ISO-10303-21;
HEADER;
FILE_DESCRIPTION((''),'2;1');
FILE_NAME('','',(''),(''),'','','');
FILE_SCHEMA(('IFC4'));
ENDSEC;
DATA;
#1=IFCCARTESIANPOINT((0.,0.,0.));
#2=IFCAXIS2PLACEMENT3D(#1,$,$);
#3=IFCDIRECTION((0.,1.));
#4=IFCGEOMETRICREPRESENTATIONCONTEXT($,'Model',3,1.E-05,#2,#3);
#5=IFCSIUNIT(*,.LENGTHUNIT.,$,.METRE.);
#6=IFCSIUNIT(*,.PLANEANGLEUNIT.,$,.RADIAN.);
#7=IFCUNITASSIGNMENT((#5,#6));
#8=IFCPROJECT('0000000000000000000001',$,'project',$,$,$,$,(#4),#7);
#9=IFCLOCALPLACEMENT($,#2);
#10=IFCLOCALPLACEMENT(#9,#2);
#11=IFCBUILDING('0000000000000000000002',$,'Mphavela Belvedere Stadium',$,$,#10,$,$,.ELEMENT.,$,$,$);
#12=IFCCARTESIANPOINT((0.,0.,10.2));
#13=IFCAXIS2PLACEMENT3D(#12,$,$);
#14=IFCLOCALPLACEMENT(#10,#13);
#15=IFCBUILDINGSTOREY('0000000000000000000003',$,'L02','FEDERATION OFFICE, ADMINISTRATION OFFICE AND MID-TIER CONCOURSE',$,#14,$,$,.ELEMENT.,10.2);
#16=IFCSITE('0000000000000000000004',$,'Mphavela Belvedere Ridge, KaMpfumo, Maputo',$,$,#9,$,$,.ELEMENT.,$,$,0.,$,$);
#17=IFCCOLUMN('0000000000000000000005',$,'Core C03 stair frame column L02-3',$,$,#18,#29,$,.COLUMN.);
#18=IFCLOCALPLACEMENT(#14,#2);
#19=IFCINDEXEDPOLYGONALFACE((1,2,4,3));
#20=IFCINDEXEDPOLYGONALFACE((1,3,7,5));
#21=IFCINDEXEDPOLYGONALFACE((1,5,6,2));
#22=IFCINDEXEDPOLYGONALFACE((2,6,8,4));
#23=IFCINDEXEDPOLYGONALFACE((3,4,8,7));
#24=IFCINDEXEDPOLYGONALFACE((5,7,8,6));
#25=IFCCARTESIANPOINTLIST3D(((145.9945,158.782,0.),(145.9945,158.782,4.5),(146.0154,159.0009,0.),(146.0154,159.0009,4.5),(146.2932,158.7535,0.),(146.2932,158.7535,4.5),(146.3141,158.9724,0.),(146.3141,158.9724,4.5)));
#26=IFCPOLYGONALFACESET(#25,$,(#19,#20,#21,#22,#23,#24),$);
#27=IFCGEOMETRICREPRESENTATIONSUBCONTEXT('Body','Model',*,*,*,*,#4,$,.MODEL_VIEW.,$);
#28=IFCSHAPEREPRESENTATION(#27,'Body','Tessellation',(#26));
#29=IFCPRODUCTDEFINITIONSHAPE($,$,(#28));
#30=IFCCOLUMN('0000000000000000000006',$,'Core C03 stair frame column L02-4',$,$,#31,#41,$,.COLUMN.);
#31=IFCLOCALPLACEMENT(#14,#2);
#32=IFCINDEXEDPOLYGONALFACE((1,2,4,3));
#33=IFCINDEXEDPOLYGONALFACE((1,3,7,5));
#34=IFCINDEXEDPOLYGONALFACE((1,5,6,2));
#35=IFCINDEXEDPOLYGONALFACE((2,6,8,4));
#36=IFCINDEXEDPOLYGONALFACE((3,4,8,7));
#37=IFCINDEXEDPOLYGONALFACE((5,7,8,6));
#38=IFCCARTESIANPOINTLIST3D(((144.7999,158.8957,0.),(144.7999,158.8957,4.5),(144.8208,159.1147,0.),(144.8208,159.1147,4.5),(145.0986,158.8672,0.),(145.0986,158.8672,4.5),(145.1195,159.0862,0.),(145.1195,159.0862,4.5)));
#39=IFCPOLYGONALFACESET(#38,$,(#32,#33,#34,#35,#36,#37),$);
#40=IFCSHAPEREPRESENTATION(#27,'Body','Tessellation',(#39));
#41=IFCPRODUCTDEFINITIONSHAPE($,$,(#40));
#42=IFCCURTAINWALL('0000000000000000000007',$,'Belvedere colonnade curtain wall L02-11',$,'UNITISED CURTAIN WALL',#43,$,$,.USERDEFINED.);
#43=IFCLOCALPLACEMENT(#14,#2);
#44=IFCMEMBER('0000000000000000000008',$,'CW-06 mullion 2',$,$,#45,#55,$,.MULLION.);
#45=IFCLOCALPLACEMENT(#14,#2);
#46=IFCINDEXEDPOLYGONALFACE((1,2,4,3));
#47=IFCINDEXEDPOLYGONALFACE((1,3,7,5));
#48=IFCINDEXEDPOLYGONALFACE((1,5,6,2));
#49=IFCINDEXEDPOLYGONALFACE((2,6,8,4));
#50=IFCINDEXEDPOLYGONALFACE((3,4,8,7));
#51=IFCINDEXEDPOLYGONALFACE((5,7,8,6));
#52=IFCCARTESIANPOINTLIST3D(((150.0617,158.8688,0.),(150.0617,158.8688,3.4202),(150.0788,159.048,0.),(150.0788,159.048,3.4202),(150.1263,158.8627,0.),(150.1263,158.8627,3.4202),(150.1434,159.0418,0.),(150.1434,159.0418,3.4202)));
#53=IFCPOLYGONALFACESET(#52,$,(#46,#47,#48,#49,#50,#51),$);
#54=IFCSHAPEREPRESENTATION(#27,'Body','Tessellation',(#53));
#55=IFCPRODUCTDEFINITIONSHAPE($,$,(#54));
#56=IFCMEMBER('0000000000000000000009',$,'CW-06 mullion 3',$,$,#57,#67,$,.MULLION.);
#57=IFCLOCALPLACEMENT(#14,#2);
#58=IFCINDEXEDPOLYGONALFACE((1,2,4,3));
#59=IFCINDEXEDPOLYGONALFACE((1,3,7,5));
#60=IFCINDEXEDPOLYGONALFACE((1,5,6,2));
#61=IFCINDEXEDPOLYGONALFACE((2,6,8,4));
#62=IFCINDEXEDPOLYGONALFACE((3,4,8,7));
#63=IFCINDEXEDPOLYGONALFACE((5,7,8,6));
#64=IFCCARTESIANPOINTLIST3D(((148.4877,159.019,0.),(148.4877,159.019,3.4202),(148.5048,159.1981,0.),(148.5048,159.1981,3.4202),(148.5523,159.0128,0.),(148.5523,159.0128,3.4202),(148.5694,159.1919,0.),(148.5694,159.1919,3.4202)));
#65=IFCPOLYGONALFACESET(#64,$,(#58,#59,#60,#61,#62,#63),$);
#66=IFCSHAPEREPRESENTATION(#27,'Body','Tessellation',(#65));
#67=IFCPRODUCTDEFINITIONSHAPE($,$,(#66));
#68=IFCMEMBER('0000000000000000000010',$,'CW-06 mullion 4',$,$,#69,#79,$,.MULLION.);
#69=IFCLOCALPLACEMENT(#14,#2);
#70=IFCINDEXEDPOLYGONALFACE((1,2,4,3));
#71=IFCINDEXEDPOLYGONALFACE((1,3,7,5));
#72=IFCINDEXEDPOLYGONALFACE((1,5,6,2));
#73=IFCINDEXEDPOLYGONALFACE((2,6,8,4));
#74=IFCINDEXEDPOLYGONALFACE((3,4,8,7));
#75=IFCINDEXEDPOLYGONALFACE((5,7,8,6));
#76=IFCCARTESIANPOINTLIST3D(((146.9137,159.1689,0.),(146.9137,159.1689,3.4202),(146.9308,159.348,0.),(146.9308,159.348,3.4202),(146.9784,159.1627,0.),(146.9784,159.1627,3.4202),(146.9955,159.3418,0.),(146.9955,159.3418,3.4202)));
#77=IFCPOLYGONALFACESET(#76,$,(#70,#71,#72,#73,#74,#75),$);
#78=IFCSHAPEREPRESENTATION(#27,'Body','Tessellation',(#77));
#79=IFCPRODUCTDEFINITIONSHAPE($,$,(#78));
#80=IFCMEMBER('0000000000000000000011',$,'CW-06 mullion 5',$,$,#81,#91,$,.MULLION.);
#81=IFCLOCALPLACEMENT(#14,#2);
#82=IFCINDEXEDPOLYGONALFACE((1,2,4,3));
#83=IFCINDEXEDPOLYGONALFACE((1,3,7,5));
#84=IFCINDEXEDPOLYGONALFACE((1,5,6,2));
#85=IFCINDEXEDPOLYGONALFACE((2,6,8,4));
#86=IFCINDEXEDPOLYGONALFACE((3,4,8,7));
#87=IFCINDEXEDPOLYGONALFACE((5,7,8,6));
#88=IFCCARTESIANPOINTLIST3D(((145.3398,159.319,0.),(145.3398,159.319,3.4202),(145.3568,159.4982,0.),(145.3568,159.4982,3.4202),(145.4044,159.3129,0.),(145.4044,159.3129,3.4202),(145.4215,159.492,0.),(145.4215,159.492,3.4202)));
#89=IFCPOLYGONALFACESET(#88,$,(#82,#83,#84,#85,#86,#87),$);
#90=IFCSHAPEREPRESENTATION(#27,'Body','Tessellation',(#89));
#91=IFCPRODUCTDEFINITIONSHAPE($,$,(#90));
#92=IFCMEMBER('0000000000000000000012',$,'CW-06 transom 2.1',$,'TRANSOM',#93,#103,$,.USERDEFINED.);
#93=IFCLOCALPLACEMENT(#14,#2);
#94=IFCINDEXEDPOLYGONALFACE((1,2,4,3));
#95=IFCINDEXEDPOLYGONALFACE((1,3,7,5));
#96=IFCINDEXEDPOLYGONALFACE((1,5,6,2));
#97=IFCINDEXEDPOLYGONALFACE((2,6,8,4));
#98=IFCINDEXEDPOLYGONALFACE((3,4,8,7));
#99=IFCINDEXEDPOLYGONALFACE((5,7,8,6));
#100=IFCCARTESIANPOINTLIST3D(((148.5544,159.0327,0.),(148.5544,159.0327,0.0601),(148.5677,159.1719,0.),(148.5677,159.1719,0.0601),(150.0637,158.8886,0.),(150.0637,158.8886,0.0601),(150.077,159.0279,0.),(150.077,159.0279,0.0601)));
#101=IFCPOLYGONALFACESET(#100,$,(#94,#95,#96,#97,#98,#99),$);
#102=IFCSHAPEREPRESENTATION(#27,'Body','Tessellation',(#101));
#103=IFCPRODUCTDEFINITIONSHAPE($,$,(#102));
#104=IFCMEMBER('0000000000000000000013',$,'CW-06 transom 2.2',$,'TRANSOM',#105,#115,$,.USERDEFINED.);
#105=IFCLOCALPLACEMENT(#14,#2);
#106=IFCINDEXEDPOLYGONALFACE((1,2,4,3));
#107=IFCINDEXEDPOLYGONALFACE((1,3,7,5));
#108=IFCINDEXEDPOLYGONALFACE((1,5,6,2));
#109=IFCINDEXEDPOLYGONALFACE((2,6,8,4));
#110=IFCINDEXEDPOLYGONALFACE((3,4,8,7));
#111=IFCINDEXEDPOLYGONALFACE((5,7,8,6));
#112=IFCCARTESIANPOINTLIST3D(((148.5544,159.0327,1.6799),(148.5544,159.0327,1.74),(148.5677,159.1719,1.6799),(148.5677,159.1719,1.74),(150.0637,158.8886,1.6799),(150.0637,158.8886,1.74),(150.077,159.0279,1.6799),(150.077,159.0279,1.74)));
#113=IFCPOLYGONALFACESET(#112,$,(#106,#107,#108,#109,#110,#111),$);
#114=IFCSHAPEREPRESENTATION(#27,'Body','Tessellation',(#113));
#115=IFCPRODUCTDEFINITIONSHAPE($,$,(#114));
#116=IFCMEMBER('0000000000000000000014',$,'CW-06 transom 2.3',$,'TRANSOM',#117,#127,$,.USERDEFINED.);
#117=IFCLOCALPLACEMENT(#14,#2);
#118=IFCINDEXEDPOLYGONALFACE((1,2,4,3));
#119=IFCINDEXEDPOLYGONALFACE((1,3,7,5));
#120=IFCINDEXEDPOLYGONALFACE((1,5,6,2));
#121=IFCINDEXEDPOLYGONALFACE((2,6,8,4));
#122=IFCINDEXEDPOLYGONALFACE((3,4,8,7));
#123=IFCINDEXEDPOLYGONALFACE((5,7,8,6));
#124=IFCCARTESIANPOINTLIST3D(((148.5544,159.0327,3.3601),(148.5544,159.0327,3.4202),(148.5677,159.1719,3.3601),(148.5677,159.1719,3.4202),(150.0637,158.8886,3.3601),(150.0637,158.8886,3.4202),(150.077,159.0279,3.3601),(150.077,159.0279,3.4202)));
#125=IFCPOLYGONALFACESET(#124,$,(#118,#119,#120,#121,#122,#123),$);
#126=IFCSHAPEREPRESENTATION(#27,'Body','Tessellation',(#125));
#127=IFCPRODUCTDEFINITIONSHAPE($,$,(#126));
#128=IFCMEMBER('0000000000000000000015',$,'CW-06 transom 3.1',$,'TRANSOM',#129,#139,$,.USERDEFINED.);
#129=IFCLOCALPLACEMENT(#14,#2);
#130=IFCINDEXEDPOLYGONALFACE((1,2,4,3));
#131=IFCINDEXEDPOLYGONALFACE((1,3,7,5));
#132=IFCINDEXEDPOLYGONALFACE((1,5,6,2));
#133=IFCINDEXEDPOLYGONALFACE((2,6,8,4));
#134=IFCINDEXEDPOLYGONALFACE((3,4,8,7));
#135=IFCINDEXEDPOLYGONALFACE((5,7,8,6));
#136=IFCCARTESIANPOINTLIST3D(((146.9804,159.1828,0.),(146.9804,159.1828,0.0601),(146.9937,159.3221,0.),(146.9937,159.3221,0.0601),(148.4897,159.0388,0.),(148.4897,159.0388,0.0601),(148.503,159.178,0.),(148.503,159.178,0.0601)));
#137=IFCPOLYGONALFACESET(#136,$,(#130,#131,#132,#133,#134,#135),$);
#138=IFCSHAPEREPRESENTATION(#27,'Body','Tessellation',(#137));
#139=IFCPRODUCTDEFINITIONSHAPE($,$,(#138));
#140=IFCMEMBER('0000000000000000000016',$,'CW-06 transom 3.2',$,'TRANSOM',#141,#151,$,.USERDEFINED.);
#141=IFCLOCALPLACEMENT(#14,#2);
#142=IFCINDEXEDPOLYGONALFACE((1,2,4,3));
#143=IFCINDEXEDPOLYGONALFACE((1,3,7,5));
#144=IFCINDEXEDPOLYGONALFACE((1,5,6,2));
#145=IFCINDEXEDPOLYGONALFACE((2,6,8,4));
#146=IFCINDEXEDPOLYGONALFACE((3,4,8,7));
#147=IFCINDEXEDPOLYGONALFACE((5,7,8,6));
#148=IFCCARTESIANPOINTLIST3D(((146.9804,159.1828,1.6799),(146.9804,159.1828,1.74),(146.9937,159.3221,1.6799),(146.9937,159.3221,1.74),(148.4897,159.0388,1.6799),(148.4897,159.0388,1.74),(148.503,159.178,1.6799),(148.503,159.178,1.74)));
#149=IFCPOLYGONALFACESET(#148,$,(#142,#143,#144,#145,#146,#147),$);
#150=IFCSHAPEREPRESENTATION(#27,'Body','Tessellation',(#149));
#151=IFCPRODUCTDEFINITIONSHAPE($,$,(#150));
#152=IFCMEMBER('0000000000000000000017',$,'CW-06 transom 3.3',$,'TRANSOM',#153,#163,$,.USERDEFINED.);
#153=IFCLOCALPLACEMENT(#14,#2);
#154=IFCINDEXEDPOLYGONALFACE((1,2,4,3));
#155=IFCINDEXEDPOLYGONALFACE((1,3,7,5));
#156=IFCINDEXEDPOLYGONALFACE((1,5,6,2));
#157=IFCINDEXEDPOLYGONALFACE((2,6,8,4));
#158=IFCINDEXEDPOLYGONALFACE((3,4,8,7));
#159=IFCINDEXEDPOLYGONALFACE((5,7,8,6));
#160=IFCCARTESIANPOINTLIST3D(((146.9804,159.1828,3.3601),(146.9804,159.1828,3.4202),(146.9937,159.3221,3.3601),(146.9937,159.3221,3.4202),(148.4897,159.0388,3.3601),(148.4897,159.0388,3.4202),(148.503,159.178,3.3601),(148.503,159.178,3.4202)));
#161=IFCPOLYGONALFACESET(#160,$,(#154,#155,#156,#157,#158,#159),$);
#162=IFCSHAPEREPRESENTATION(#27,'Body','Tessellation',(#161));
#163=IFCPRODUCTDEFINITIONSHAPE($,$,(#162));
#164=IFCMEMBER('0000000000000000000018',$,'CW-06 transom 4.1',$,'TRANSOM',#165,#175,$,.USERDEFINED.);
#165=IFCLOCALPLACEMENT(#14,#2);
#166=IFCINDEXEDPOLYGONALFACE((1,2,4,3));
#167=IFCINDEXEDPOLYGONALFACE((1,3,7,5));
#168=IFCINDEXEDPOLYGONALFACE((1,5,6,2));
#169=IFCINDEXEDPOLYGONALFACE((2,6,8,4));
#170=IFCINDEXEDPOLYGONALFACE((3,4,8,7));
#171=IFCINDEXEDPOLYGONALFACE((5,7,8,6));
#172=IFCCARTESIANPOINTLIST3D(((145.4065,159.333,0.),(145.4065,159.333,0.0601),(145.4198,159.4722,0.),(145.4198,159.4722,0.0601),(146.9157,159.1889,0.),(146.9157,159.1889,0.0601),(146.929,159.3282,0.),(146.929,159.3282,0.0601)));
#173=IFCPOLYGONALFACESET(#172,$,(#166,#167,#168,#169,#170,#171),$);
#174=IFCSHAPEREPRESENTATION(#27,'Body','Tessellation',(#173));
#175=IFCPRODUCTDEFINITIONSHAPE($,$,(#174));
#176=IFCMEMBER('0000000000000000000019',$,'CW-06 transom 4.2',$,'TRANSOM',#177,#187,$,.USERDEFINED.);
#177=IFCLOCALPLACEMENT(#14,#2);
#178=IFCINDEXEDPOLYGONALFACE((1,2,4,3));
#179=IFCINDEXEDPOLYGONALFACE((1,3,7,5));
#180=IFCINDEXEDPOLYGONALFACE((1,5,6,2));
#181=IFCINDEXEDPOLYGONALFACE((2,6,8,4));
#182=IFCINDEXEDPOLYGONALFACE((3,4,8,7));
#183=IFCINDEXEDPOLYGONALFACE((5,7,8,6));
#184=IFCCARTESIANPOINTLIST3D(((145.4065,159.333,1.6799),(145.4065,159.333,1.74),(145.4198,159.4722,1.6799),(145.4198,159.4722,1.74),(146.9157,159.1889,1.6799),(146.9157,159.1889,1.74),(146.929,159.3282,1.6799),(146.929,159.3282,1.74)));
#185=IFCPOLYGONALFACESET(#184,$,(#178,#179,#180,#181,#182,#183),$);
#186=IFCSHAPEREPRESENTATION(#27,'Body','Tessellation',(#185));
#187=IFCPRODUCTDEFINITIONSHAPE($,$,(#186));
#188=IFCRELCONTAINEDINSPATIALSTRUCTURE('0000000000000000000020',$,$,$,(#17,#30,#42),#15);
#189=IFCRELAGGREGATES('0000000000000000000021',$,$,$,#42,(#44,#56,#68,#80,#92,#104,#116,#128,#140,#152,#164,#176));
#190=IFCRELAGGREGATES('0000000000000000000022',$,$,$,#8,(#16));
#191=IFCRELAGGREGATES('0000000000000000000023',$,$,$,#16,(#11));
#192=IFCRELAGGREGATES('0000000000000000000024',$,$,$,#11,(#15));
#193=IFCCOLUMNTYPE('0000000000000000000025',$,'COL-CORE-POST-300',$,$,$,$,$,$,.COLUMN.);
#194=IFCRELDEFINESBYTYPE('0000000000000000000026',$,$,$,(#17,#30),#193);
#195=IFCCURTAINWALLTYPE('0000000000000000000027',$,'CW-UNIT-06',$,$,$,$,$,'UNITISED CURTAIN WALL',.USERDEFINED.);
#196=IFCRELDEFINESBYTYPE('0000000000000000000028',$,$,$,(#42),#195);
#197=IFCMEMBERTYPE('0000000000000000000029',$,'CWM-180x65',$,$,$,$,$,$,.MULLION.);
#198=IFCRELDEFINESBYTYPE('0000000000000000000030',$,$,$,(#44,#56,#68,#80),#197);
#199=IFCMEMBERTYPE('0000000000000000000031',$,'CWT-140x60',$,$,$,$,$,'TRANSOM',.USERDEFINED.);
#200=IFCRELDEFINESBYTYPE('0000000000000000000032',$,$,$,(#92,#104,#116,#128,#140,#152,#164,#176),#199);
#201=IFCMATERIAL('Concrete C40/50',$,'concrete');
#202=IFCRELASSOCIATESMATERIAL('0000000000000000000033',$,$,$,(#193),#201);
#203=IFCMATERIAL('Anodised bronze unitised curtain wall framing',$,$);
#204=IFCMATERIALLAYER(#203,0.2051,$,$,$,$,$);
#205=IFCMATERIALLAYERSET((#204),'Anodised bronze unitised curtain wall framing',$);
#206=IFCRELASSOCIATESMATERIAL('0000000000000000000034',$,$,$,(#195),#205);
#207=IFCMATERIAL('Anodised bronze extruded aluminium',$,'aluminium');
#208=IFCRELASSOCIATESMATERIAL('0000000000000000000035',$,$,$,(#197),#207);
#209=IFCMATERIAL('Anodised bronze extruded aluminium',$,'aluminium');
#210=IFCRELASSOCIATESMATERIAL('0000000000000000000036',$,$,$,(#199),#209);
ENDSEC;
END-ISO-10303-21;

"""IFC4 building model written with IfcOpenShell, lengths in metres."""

from ifc_helpers import new_model, si_unit, direction, frame, origin, origin_2d, place, context, subcontext, project, spatial, rectangle, extrude, material, layer, layer_set, material_profile, profile_set, type_object, element, aggregate, save


model = new_model("IFC4")

# Units and contexts
model_context = context("Model", 3, precision=1e-05, world=origin(), true_north=direction((0.0, 1.0)))
body_context = subcontext(model_context, "Body", "Model", "MODEL_VIEW")
ifc_project = project(units=[si_unit("LENGTHUNIT", "METRE"), si_unit("PLANEANGLEUNIT", "RADIAN")], contexts=[model_context])

# Site, building, storey
site_placement = place(None, origin())
site = spatial("IfcSite", under=ifc_project, at=site_placement, Name="Mphavela Belvedere Ridge, KaMpfumo, Maputo", CompositionType="ELEMENT", RefElevation=0.0)
building_placement = place(site_placement, origin())
building = spatial("IfcBuilding", under=site, at=building_placement, Name="Mphavela Belvedere Stadium", CompositionType="ELEMENT")
storey_placement = place(building_placement, frame((0.0, 0.0, 10.2)))
storey = spatial("IfcBuildingStorey", under=building, at=storey_placement, Name="L02", Description="FEDERATION OFFICE, ADMINISTRATION OFFICE AND MID-TIER CONCOURSE", CompositionType="ELEMENT", Elevation=10.2)

# Columns
ifc_material_1 = material(Name="Concrete C40/50", Category="concrete")
ifc_material_profile_1 = material_profile(ifc_material_1, rectangle(XDim=0.3, YDim=0.22, at=origin_2d()), Name="RC 300x220")
ifc_profile_set_1 = profile_set([ifc_material_profile_1], Name="Concrete C40/50")
column_type = type_object("IfcColumnType", Name="COL-CORE-POST-300", PredefinedType="COLUMN", material=ifc_profile_set_1)
for number, where, z_axis, x_axis, name in (
    (1, (146.1543, 158.8772, 0.0), (0.0, 0.0, 1.0), (0.995479, -0.094977, 0.0), "Core C03 stair frame column L02-3"),
    (2, (144.9597, 158.991, 0.0), (0.0, 0.0, 1.0), (0.995479, -0.094977, 0.0), "Core C03 stair frame column L02-4"),
):
    element("IfcColumn", number, at=place(storey_placement, frame(where, z_axis=z_axis, x_axis=x_axis)), inside=storey, type_object=column_type, Name=name, PredefinedType="COLUMN", context=body_context, shape_type="SweptSolid", body=[
        extrude(rectangle(XDim=0.3, YDim=0.22, at=origin_2d()), origin(), (0.0, 0.0, 1.0), 4.5),
    ])

# Curtain wall, members
ifc_material_2 = material(Name="Anodised bronze unitised curtain wall framing")
ifc_layer_1 = layer(ifc_material_2, 0.2051)
ifc_layer_set_1 = layer_set([ifc_layer_1], Name="Anodised bronze unitised curtain wall framing")
curtain_wall_type = type_object("IfcCurtainWallType", Name="CW-UNIT-06", ElementType="UNITISED CURTAIN WALL", PredefinedType="USERDEFINED", material=ifc_layer_set_1)
curtain_wall_placement = place(storey_placement, origin())
curtain_wall = element("IfcCurtainWall", 3, at=curtain_wall_placement, inside=storey, type_object=curtain_wall_type, Name="Belvedere colonnade curtain wall L02-11", ObjectType="UNITISED CURTAIN WALL", PredefinedType="USERDEFINED")
ifc_material_3 = material(Name="Anodised bronze extruded aluminium", Category="aluminium")
ifc_material_profile_2 = material_profile(ifc_material_3, rectangle(XDim=0.1799, YDim=0.0649, at=origin_2d()), Name="CW-MUL 180x65")
ifc_profile_set_2 = profile_set([ifc_material_profile_2], Name="Anodised bronze extruded aluminium")
member_type_1 = type_object("IfcMemberType", Name="CWM-180x65", PredefinedType="MULLION", material=ifc_profile_set_2)
member_1_placement = place(storey_placement, frame((150.1025, 158.9553, 0.0), z_axis=(0.0, 0.0, 1.0), x_axis=(-0.094926, -0.995484, 0.0)))
member_1 = element("IfcMember", 4, at=member_1_placement, type_object=member_type_1, Name="CW-06 mullion 2", PredefinedType="MULLION", context=body_context, shape_type="SweptSolid", body=[
    extrude(rectangle(XDim=0.1799, YDim=0.0649, at=origin_2d()), origin(), (0.0, 0.0, 1.0), 3.4202),
])
member_2_placement = place(storey_placement, frame((148.5286, 159.1055, 0.0), z_axis=(0.0, 0.0, 1.0), x_axis=(-0.094926, -0.995484, 0.0)))
member_2 = element("IfcMember", 5, at=member_2_placement, type_object=member_type_1, Name="CW-06 mullion 3", PredefinedType="MULLION", context=body_context, shape_type="SweptSolid", body=[
    extrude(rectangle(XDim=0.1799, YDim=0.0649, at=origin_2d()), origin(), (0.0, 0.0, 1.0), 3.4202),
])
member_3_placement = place(storey_placement, frame((146.9546, 159.2554, 0.0), z_axis=(0.0, 0.0, 1.0), x_axis=(-0.094926, -0.995484, 0.0)))
member_3 = element("IfcMember", 6, at=member_3_placement, type_object=member_type_1, Name="CW-06 mullion 4", PredefinedType="MULLION", context=body_context, shape_type="SweptSolid", body=[
    extrude(rectangle(XDim=0.1799, YDim=0.0649, at=origin_2d()), origin(), (0.0, 0.0, 1.0), 3.4202),
])
member_4_placement = place(storey_placement, frame((145.3806, 159.4055, 0.0), z_axis=(0.0, 0.0, 1.0), x_axis=(-0.094926, -0.995484, 0.0)))
member_4 = element("IfcMember", 7, at=member_4_placement, type_object=member_type_1, Name="CW-06 mullion 5", PredefinedType="MULLION", context=body_context, shape_type="SweptSolid", body=[
    extrude(rectangle(XDim=0.1799, YDim=0.0649, at=origin_2d()), origin(), (0.0, 0.0, 1.0), 3.4202),
])
ifc_material_4 = material(Name="Anodised bronze extruded aluminium", Category="aluminium")
ifc_material_profile_3 = material_profile(ifc_material_4, rectangle(XDim=0.1399, YDim=0.0601, at=origin_2d()), Name="CW-TRN 140x60")
ifc_profile_set_3 = profile_set([ifc_material_profile_3], Name="Anodised bronze extruded aluminium")
member_type_2 = type_object("IfcMemberType", Name="CWT-140x60", ElementType="TRANSOM", PredefinedType="USERDEFINED", material=ifc_profile_set_3)
member_5_placement = place(storey_placement, frame((150.0703, 158.9583, 0.03), z_axis=(-0.995477, 0.095007, 0.0), x_axis=(-0.095007, -0.995477, 0.0)))
member_5 = element("IfcMember", 8, at=member_5_placement, type_object=member_type_2, Name="CW-06 transom 2.1", ObjectType="TRANSOM", PredefinedType="USERDEFINED", context=body_context, shape_type="SweptSolid", body=[
    extrude(rectangle(XDim=0.1399, YDim=0.0601, at=origin_2d()), origin(), (0.0, 0.0, 1.0), 1.5161),
])
member_6_placement = place(storey_placement, frame((150.0703, 158.9583, 1.71), z_axis=(-0.995477, 0.095007, 0.0), x_axis=(-0.095007, -0.995477, 0.0)))
member_6 = element("IfcMember", 9, at=member_6_placement, type_object=member_type_2, Name="CW-06 transom 2.2", ObjectType="TRANSOM", PredefinedType="USERDEFINED", context=body_context, shape_type="SweptSolid", body=[
    extrude(rectangle(XDim=0.1399, YDim=0.0601, at=origin_2d()), origin(), (0.0, 0.0, 1.0), 1.5161),
])
member_7_placement = place(storey_placement, frame((150.0703, 158.9583, 3.3901), z_axis=(-0.995477, 0.095007, 0.0), x_axis=(-0.095007, -0.995477, 0.0)))
member_7 = element("IfcMember", 10, at=member_7_placement, type_object=member_type_2, Name="CW-06 transom 2.3", ObjectType="TRANSOM", PredefinedType="USERDEFINED", context=body_context, shape_type="SweptSolid", body=[
    extrude(rectangle(XDim=0.1399, YDim=0.0601, at=origin_2d()), origin(), (0.0, 0.0, 1.0), 1.5161),
])
member_8_placement = place(storey_placement, frame((148.4963, 159.1084, 0.03), z_axis=(-0.995477, 0.095007, 0.0), x_axis=(-0.095007, -0.995477, 0.0)))
member_8 = element("IfcMember", 11, at=member_8_placement, type_object=member_type_2, Name="CW-06 transom 3.1", ObjectType="TRANSOM", PredefinedType="USERDEFINED", context=body_context, shape_type="SweptSolid", body=[
    extrude(rectangle(XDim=0.1399, YDim=0.0601, at=origin_2d()), origin(), (0.0, 0.0, 1.0), 1.5161),
])
member_9_placement = place(storey_placement, frame((148.4963, 159.1084, 1.71), z_axis=(-0.995477, 0.095007, 0.0), x_axis=(-0.095007, -0.995477, 0.0)))
member_9 = element("IfcMember", 12, at=member_9_placement, type_object=member_type_2, Name="CW-06 transom 3.2", ObjectType="TRANSOM", PredefinedType="USERDEFINED", context=body_context, shape_type="SweptSolid", body=[
    extrude(rectangle(XDim=0.1399, YDim=0.0601, at=origin_2d()), origin(), (0.0, 0.0, 1.0), 1.5161),
])
member_10_placement = place(storey_placement, frame((148.4963, 159.1084, 3.3901), z_axis=(-0.995477, 0.095007, 0.0), x_axis=(-0.095007, -0.995477, 0.0)))
member_10 = element("IfcMember", 13, at=member_10_placement, type_object=member_type_2, Name="CW-06 transom 3.3", ObjectType="TRANSOM", PredefinedType="USERDEFINED", context=body_context, shape_type="SweptSolid", body=[
    extrude(rectangle(XDim=0.1399, YDim=0.0601, at=origin_2d()), origin(), (0.0, 0.0, 1.0), 1.5161),
])
member_11_placement = place(storey_placement, frame((146.9224, 159.2585, 0.03), z_axis=(-0.995477, 0.095007, 0.0), x_axis=(-0.095007, -0.995477, 0.0)))
member_11 = element("IfcMember", 14, at=member_11_placement, type_object=member_type_2, Name="CW-06 transom 4.1", ObjectType="TRANSOM", PredefinedType="USERDEFINED", context=body_context, shape_type="SweptSolid", body=[
    extrude(rectangle(XDim=0.1399, YDim=0.0601, at=origin_2d()), origin(), (0.0, 0.0, 1.0), 1.5161),
])
member_12_placement = place(storey_placement, frame((146.9224, 159.2585, 1.71), z_axis=(-0.995477, 0.095007, 0.0), x_axis=(-0.095007, -0.995477, 0.0)))
member_12 = element("IfcMember", 15, at=member_12_placement, type_object=member_type_2, Name="CW-06 transom 4.2", ObjectType="TRANSOM", PredefinedType="USERDEFINED", context=body_context, shape_type="SweptSolid", body=[
    extrude(rectangle(XDim=0.1399, YDim=0.0601, at=origin_2d()), origin(), (0.0, 0.0, 1.0), 1.5161),
])
aggregate(curtain_wall, [member_1, member_2, member_3, member_4, member_5, member_6, member_7, member_8, member_9, member_10, member_11, member_12])

save(model, "model.ifc")
